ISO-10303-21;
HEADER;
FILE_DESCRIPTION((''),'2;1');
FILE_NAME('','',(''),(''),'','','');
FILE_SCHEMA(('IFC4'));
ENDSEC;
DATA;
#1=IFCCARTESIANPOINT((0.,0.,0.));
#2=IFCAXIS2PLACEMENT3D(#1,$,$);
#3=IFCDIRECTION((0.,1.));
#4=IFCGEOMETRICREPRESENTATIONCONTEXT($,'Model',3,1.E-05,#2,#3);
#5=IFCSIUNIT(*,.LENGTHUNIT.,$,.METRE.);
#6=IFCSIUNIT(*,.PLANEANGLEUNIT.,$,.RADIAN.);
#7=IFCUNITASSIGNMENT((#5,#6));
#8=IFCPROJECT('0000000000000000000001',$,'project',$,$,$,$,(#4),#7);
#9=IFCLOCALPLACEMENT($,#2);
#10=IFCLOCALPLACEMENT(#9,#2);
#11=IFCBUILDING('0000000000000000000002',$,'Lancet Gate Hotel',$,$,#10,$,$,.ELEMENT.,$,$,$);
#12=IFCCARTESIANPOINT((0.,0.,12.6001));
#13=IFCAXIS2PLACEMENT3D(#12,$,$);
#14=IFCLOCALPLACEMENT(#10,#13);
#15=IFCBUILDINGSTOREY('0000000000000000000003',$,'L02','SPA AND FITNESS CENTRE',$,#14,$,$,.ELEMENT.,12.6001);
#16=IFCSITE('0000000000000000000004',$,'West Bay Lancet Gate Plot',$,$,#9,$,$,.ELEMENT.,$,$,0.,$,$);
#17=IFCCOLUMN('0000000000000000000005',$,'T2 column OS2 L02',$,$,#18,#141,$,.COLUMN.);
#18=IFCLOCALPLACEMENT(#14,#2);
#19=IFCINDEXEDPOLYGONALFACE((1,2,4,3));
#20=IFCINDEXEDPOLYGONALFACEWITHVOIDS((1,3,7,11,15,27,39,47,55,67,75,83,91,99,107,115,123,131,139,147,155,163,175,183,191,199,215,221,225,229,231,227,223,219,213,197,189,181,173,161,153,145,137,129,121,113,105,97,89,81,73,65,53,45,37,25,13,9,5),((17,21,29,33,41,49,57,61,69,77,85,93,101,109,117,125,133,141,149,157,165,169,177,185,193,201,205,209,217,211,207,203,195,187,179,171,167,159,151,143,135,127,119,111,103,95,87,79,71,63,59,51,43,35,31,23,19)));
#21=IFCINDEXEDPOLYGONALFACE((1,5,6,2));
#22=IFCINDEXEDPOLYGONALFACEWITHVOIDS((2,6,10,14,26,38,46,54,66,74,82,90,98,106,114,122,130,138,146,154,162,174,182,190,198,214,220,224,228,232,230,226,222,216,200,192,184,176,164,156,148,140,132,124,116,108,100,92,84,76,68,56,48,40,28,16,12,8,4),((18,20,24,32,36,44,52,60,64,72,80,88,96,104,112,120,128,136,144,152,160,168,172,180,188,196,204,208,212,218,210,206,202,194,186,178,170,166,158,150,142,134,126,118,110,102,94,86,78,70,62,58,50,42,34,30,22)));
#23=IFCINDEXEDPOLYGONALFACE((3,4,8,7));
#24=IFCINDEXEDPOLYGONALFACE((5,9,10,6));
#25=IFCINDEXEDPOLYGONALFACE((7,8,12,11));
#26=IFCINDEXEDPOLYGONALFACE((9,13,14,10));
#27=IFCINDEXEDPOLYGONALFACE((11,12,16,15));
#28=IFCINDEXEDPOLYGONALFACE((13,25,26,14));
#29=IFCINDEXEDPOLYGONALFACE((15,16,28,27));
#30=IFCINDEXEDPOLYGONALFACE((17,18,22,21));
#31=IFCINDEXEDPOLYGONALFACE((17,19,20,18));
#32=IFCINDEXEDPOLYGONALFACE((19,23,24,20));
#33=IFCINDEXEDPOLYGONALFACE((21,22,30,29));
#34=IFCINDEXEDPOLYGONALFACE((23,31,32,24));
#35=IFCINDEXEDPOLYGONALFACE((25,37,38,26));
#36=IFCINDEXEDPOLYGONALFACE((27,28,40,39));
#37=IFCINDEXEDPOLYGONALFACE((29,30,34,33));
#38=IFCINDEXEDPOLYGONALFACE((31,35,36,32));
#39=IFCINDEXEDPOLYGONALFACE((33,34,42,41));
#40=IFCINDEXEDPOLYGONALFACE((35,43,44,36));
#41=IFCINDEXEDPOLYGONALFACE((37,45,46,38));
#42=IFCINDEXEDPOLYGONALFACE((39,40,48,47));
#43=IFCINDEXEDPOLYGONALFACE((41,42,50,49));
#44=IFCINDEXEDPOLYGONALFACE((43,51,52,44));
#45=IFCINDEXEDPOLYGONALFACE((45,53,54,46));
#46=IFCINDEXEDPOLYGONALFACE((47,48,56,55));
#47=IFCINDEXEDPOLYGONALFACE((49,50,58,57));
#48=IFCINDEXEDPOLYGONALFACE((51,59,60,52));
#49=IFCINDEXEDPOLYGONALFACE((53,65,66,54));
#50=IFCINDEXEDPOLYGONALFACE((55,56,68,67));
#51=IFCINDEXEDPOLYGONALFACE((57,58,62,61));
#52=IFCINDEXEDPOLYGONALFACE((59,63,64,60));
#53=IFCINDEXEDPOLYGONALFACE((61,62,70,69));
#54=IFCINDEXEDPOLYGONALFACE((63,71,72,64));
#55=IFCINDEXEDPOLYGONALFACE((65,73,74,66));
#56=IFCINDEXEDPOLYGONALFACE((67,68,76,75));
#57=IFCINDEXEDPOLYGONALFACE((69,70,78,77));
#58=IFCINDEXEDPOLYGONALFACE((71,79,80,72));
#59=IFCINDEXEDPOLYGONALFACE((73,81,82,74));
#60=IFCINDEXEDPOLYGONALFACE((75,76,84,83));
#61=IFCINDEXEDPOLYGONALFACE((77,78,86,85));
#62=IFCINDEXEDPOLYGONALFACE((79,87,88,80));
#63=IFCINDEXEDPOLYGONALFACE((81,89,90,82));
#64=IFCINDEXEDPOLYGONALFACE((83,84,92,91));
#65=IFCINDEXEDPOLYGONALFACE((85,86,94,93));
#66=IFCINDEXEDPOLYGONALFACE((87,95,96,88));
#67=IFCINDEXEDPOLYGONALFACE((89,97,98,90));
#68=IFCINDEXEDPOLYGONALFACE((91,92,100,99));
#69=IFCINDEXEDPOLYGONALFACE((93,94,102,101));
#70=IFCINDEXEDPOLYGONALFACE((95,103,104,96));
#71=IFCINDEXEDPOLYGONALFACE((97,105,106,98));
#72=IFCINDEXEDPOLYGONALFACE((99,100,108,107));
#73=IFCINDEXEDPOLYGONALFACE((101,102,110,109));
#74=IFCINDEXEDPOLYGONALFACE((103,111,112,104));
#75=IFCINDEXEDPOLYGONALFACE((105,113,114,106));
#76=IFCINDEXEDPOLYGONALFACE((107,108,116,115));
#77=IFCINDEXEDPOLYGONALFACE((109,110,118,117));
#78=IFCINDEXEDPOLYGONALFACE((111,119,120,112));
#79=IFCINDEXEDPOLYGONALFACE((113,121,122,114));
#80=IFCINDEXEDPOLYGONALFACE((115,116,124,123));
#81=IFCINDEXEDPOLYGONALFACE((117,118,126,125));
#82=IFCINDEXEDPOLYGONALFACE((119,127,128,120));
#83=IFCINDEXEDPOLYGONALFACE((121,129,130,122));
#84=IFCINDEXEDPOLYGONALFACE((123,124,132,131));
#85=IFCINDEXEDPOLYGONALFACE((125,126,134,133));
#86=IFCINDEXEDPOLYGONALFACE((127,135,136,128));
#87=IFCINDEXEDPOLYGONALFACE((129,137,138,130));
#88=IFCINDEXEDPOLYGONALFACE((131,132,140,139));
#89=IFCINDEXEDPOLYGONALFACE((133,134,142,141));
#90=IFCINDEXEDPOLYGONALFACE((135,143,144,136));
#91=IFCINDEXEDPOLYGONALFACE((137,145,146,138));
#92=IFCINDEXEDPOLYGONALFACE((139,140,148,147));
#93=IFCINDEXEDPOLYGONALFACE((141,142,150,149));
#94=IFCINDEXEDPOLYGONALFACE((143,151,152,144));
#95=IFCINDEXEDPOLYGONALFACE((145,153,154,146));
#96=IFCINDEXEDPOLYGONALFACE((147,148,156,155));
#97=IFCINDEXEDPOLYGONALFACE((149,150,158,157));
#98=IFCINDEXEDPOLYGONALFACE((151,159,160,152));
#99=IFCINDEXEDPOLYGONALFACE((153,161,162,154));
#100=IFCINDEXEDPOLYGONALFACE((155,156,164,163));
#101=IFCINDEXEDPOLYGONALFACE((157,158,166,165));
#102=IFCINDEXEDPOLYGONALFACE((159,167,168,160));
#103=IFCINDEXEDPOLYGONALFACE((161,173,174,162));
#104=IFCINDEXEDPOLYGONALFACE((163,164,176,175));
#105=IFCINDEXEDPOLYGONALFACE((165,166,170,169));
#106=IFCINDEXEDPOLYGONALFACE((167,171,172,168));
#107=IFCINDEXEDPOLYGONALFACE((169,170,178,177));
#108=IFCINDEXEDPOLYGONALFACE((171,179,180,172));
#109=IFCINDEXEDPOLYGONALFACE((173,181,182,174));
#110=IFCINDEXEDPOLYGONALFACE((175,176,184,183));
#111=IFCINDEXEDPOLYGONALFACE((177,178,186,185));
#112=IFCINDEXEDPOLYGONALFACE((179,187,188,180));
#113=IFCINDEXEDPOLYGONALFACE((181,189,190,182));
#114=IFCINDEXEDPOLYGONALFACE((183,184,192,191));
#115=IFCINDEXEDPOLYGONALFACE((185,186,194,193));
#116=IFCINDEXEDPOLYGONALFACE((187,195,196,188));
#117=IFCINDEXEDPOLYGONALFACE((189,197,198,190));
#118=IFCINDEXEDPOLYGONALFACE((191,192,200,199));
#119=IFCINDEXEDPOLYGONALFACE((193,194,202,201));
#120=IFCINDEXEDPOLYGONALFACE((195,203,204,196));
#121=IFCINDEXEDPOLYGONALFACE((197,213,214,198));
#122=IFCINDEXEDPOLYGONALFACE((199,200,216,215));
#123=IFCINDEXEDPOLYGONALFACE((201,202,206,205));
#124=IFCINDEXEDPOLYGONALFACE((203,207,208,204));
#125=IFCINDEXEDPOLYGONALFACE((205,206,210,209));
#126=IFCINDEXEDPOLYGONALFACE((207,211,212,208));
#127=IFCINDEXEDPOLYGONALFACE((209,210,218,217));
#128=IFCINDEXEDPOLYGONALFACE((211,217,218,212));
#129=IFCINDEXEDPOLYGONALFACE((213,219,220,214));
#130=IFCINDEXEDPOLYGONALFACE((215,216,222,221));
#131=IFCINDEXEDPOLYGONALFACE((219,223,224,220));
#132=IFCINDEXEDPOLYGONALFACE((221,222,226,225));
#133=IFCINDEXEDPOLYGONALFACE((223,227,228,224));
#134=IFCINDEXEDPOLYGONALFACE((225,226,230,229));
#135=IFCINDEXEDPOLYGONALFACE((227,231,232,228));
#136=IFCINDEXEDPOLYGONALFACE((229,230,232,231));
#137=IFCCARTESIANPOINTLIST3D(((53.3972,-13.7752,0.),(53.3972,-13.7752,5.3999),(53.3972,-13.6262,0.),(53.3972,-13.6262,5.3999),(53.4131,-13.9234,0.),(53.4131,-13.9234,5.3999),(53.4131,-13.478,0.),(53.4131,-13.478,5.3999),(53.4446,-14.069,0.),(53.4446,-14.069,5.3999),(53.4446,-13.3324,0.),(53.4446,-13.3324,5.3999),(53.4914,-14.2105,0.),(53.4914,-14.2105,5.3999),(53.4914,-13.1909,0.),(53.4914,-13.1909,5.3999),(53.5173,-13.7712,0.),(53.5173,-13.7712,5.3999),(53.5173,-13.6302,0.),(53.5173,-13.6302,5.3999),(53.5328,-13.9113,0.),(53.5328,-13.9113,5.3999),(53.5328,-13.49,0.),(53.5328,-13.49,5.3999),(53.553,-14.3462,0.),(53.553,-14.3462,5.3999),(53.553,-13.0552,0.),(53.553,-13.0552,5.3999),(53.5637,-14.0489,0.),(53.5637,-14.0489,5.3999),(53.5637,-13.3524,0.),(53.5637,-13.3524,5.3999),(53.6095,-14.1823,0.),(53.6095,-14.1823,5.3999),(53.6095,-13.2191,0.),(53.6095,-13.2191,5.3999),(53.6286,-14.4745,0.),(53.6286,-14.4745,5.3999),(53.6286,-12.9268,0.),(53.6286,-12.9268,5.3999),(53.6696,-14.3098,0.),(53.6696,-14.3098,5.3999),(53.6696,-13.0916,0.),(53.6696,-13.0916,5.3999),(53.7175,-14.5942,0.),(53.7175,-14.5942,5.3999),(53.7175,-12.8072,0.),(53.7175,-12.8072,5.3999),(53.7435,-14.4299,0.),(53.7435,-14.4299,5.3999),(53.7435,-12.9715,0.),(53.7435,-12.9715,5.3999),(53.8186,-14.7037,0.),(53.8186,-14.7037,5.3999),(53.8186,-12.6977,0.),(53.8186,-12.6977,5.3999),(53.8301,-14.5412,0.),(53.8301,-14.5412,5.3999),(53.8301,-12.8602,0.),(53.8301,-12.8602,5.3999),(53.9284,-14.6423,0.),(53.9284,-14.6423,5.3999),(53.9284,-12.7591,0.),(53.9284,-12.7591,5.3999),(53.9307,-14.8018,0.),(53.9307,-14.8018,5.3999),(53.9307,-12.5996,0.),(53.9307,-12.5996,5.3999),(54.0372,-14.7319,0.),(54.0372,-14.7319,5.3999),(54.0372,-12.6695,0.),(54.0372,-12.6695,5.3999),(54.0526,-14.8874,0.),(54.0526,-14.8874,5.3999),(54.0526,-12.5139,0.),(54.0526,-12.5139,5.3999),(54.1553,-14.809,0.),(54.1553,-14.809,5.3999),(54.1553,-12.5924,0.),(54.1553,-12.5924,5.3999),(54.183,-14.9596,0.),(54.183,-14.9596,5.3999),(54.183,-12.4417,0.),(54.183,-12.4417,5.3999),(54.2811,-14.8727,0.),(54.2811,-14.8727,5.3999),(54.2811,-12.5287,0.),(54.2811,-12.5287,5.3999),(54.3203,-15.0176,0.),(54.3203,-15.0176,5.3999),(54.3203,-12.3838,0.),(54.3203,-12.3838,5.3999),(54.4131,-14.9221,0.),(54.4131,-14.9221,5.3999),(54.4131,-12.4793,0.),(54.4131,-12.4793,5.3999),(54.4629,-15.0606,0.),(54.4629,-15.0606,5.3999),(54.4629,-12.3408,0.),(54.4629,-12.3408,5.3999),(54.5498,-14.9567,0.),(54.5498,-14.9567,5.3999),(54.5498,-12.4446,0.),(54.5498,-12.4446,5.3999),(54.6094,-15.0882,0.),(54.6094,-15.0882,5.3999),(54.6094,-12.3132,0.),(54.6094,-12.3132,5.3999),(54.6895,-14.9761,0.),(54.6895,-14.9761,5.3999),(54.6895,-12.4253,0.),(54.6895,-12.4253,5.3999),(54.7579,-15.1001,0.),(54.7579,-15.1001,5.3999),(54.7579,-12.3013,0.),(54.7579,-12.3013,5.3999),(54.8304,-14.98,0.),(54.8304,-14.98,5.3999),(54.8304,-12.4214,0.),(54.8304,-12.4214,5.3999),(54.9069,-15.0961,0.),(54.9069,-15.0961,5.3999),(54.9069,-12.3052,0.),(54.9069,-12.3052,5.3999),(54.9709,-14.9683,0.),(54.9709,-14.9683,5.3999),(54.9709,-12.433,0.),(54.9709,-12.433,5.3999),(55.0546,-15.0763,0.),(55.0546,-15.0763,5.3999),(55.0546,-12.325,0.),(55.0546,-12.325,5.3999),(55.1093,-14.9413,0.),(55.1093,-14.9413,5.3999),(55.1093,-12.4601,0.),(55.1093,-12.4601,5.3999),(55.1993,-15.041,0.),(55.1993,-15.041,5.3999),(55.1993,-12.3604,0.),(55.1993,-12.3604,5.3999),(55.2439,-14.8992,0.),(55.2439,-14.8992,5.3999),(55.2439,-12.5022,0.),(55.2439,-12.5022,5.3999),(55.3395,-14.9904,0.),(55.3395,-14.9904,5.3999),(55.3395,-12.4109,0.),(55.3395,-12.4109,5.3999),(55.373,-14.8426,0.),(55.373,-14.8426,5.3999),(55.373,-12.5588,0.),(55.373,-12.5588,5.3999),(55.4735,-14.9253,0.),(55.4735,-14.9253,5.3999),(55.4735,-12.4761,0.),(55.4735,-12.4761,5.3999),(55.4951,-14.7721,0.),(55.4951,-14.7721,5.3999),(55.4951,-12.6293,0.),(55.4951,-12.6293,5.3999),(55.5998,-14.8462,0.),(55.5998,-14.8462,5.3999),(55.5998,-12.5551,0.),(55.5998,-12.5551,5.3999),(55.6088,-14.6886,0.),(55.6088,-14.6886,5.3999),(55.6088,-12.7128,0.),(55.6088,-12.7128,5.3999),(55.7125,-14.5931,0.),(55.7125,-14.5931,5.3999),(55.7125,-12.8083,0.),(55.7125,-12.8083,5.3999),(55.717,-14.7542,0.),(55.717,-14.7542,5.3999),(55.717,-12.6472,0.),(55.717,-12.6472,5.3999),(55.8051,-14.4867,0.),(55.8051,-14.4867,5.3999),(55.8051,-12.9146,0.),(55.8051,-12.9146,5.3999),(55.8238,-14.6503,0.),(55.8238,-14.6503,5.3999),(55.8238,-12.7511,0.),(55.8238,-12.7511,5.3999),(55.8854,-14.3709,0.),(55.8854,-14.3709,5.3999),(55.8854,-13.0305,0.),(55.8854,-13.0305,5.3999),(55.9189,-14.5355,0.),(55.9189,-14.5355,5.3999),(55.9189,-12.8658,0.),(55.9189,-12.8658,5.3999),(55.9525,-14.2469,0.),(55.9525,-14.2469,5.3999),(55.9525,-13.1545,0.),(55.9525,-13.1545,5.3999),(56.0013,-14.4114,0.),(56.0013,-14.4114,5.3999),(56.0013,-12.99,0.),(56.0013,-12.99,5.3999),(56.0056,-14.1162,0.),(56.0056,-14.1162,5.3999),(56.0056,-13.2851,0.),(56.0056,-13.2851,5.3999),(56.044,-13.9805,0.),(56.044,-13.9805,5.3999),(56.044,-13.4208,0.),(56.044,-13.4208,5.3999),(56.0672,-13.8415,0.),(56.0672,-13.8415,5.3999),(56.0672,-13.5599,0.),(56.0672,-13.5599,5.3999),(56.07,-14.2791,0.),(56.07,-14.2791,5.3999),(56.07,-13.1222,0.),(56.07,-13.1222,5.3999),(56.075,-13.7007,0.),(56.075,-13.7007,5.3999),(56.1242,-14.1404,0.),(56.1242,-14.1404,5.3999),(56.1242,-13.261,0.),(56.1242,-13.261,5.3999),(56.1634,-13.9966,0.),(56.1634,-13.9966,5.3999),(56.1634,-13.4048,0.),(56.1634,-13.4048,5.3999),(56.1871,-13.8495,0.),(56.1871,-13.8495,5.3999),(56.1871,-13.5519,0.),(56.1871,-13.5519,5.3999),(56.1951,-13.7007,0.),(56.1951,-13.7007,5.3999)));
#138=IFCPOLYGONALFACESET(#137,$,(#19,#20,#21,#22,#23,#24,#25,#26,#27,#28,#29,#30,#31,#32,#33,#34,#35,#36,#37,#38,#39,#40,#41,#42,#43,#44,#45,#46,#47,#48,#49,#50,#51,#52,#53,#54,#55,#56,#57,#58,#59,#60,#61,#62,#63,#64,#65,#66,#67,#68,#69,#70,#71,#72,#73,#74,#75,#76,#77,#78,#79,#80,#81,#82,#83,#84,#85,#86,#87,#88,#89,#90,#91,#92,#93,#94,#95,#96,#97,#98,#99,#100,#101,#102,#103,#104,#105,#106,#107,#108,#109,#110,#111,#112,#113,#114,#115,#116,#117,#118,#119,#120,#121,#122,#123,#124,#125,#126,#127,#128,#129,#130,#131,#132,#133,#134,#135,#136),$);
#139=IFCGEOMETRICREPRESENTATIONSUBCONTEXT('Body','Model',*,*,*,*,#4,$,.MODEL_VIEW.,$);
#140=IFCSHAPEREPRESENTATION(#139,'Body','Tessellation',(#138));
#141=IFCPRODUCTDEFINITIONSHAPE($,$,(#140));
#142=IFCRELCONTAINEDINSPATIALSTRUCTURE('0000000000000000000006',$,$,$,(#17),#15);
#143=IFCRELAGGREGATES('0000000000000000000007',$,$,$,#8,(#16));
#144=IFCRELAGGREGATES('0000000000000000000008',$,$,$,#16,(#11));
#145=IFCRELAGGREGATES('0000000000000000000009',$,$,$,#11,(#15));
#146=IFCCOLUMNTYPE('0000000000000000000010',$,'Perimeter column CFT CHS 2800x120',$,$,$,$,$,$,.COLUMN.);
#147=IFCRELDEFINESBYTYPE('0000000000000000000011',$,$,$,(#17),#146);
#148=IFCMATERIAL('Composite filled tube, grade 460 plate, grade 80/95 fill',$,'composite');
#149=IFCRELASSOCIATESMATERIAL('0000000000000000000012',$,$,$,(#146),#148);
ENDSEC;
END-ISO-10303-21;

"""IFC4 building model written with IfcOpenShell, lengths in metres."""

from ifc_helpers import new_model, si_unit, direction, frame, origin, origin_2d, place, context, subcontext, project, spatial, hollow_circle, extrude, material, material_profile, profile_set, type_object, element, save


model = new_model("IFC4")

# Units and contexts
model_context = context("Model", 3, precision=1e-05, world=origin(), true_north=direction((0.0, 1.0)))
body_context = subcontext(model_context, "Body", "Model", "MODEL_VIEW")
ifc_project = project(units=[si_unit("LENGTHUNIT", "METRE"), si_unit("PLANEANGLEUNIT", "RADIAN")], contexts=[model_context])

# Site, building, storey
site_placement = place(None, origin())
site = spatial("IfcSite", under=ifc_project, at=site_placement, Name="West Bay Lancet Gate Plot", CompositionType="ELEMENT", RefElevation=0.0)
building_placement = place(site_placement, origin())
building = spatial("IfcBuilding", under=site, at=building_placement, Name="Lancet Gate Hotel", CompositionType="ELEMENT")
storey_placement = place(building_placement, frame((0.0, 0.0, 12.6001)))
storey = spatial("IfcBuildingStorey", under=building, at=storey_placement, Name="L02", Description="SPA AND FITNESS CENTRE", CompositionType="ELEMENT", Elevation=12.6001)

# Column
ifc_material_1 = material(Name="Composite filled tube, grade 460 plate, grade 80/95 fill", Category="composite")
ifc_material_profile_1 = material_profile(ifc_material_1, hollow_circle(Radius=1.3999, WallThickness=0.1201, at=origin_2d()), Name="CHS 2800x120")
ifc_profile_set_1 = profile_set([ifc_material_profile_1], Name="Composite filled tube, grade 460 plate, grade 80/95 fill")
column_type = type_object("IfcColumnType", Name="Perimeter column CFT CHS 2800x120", PredefinedType="COLUMN", material=ifc_profile_set_1)
for number, where, z_axis, x_axis, name in (
    (1, (54.7952, -13.7007, 0.0), (0.0, 0.0, 1.0), (1.0, 0.0, 0.0), "T2 column OS2 L02"),
):
    element("IfcColumn", number, at=place(storey_placement, frame(where, z_axis=z_axis, x_axis=x_axis)), inside=storey, type_object=column_type, Name=name, PredefinedType="COLUMN", context=body_context, shape_type="SweptSolid", body=[
        extrude(hollow_circle(Radius=1.3999, WallThickness=0.1201, at=origin_2d()), origin(), (0.0, 0.0, 1.0), 5.3999),
    ])

save(model, "model.ifc")
